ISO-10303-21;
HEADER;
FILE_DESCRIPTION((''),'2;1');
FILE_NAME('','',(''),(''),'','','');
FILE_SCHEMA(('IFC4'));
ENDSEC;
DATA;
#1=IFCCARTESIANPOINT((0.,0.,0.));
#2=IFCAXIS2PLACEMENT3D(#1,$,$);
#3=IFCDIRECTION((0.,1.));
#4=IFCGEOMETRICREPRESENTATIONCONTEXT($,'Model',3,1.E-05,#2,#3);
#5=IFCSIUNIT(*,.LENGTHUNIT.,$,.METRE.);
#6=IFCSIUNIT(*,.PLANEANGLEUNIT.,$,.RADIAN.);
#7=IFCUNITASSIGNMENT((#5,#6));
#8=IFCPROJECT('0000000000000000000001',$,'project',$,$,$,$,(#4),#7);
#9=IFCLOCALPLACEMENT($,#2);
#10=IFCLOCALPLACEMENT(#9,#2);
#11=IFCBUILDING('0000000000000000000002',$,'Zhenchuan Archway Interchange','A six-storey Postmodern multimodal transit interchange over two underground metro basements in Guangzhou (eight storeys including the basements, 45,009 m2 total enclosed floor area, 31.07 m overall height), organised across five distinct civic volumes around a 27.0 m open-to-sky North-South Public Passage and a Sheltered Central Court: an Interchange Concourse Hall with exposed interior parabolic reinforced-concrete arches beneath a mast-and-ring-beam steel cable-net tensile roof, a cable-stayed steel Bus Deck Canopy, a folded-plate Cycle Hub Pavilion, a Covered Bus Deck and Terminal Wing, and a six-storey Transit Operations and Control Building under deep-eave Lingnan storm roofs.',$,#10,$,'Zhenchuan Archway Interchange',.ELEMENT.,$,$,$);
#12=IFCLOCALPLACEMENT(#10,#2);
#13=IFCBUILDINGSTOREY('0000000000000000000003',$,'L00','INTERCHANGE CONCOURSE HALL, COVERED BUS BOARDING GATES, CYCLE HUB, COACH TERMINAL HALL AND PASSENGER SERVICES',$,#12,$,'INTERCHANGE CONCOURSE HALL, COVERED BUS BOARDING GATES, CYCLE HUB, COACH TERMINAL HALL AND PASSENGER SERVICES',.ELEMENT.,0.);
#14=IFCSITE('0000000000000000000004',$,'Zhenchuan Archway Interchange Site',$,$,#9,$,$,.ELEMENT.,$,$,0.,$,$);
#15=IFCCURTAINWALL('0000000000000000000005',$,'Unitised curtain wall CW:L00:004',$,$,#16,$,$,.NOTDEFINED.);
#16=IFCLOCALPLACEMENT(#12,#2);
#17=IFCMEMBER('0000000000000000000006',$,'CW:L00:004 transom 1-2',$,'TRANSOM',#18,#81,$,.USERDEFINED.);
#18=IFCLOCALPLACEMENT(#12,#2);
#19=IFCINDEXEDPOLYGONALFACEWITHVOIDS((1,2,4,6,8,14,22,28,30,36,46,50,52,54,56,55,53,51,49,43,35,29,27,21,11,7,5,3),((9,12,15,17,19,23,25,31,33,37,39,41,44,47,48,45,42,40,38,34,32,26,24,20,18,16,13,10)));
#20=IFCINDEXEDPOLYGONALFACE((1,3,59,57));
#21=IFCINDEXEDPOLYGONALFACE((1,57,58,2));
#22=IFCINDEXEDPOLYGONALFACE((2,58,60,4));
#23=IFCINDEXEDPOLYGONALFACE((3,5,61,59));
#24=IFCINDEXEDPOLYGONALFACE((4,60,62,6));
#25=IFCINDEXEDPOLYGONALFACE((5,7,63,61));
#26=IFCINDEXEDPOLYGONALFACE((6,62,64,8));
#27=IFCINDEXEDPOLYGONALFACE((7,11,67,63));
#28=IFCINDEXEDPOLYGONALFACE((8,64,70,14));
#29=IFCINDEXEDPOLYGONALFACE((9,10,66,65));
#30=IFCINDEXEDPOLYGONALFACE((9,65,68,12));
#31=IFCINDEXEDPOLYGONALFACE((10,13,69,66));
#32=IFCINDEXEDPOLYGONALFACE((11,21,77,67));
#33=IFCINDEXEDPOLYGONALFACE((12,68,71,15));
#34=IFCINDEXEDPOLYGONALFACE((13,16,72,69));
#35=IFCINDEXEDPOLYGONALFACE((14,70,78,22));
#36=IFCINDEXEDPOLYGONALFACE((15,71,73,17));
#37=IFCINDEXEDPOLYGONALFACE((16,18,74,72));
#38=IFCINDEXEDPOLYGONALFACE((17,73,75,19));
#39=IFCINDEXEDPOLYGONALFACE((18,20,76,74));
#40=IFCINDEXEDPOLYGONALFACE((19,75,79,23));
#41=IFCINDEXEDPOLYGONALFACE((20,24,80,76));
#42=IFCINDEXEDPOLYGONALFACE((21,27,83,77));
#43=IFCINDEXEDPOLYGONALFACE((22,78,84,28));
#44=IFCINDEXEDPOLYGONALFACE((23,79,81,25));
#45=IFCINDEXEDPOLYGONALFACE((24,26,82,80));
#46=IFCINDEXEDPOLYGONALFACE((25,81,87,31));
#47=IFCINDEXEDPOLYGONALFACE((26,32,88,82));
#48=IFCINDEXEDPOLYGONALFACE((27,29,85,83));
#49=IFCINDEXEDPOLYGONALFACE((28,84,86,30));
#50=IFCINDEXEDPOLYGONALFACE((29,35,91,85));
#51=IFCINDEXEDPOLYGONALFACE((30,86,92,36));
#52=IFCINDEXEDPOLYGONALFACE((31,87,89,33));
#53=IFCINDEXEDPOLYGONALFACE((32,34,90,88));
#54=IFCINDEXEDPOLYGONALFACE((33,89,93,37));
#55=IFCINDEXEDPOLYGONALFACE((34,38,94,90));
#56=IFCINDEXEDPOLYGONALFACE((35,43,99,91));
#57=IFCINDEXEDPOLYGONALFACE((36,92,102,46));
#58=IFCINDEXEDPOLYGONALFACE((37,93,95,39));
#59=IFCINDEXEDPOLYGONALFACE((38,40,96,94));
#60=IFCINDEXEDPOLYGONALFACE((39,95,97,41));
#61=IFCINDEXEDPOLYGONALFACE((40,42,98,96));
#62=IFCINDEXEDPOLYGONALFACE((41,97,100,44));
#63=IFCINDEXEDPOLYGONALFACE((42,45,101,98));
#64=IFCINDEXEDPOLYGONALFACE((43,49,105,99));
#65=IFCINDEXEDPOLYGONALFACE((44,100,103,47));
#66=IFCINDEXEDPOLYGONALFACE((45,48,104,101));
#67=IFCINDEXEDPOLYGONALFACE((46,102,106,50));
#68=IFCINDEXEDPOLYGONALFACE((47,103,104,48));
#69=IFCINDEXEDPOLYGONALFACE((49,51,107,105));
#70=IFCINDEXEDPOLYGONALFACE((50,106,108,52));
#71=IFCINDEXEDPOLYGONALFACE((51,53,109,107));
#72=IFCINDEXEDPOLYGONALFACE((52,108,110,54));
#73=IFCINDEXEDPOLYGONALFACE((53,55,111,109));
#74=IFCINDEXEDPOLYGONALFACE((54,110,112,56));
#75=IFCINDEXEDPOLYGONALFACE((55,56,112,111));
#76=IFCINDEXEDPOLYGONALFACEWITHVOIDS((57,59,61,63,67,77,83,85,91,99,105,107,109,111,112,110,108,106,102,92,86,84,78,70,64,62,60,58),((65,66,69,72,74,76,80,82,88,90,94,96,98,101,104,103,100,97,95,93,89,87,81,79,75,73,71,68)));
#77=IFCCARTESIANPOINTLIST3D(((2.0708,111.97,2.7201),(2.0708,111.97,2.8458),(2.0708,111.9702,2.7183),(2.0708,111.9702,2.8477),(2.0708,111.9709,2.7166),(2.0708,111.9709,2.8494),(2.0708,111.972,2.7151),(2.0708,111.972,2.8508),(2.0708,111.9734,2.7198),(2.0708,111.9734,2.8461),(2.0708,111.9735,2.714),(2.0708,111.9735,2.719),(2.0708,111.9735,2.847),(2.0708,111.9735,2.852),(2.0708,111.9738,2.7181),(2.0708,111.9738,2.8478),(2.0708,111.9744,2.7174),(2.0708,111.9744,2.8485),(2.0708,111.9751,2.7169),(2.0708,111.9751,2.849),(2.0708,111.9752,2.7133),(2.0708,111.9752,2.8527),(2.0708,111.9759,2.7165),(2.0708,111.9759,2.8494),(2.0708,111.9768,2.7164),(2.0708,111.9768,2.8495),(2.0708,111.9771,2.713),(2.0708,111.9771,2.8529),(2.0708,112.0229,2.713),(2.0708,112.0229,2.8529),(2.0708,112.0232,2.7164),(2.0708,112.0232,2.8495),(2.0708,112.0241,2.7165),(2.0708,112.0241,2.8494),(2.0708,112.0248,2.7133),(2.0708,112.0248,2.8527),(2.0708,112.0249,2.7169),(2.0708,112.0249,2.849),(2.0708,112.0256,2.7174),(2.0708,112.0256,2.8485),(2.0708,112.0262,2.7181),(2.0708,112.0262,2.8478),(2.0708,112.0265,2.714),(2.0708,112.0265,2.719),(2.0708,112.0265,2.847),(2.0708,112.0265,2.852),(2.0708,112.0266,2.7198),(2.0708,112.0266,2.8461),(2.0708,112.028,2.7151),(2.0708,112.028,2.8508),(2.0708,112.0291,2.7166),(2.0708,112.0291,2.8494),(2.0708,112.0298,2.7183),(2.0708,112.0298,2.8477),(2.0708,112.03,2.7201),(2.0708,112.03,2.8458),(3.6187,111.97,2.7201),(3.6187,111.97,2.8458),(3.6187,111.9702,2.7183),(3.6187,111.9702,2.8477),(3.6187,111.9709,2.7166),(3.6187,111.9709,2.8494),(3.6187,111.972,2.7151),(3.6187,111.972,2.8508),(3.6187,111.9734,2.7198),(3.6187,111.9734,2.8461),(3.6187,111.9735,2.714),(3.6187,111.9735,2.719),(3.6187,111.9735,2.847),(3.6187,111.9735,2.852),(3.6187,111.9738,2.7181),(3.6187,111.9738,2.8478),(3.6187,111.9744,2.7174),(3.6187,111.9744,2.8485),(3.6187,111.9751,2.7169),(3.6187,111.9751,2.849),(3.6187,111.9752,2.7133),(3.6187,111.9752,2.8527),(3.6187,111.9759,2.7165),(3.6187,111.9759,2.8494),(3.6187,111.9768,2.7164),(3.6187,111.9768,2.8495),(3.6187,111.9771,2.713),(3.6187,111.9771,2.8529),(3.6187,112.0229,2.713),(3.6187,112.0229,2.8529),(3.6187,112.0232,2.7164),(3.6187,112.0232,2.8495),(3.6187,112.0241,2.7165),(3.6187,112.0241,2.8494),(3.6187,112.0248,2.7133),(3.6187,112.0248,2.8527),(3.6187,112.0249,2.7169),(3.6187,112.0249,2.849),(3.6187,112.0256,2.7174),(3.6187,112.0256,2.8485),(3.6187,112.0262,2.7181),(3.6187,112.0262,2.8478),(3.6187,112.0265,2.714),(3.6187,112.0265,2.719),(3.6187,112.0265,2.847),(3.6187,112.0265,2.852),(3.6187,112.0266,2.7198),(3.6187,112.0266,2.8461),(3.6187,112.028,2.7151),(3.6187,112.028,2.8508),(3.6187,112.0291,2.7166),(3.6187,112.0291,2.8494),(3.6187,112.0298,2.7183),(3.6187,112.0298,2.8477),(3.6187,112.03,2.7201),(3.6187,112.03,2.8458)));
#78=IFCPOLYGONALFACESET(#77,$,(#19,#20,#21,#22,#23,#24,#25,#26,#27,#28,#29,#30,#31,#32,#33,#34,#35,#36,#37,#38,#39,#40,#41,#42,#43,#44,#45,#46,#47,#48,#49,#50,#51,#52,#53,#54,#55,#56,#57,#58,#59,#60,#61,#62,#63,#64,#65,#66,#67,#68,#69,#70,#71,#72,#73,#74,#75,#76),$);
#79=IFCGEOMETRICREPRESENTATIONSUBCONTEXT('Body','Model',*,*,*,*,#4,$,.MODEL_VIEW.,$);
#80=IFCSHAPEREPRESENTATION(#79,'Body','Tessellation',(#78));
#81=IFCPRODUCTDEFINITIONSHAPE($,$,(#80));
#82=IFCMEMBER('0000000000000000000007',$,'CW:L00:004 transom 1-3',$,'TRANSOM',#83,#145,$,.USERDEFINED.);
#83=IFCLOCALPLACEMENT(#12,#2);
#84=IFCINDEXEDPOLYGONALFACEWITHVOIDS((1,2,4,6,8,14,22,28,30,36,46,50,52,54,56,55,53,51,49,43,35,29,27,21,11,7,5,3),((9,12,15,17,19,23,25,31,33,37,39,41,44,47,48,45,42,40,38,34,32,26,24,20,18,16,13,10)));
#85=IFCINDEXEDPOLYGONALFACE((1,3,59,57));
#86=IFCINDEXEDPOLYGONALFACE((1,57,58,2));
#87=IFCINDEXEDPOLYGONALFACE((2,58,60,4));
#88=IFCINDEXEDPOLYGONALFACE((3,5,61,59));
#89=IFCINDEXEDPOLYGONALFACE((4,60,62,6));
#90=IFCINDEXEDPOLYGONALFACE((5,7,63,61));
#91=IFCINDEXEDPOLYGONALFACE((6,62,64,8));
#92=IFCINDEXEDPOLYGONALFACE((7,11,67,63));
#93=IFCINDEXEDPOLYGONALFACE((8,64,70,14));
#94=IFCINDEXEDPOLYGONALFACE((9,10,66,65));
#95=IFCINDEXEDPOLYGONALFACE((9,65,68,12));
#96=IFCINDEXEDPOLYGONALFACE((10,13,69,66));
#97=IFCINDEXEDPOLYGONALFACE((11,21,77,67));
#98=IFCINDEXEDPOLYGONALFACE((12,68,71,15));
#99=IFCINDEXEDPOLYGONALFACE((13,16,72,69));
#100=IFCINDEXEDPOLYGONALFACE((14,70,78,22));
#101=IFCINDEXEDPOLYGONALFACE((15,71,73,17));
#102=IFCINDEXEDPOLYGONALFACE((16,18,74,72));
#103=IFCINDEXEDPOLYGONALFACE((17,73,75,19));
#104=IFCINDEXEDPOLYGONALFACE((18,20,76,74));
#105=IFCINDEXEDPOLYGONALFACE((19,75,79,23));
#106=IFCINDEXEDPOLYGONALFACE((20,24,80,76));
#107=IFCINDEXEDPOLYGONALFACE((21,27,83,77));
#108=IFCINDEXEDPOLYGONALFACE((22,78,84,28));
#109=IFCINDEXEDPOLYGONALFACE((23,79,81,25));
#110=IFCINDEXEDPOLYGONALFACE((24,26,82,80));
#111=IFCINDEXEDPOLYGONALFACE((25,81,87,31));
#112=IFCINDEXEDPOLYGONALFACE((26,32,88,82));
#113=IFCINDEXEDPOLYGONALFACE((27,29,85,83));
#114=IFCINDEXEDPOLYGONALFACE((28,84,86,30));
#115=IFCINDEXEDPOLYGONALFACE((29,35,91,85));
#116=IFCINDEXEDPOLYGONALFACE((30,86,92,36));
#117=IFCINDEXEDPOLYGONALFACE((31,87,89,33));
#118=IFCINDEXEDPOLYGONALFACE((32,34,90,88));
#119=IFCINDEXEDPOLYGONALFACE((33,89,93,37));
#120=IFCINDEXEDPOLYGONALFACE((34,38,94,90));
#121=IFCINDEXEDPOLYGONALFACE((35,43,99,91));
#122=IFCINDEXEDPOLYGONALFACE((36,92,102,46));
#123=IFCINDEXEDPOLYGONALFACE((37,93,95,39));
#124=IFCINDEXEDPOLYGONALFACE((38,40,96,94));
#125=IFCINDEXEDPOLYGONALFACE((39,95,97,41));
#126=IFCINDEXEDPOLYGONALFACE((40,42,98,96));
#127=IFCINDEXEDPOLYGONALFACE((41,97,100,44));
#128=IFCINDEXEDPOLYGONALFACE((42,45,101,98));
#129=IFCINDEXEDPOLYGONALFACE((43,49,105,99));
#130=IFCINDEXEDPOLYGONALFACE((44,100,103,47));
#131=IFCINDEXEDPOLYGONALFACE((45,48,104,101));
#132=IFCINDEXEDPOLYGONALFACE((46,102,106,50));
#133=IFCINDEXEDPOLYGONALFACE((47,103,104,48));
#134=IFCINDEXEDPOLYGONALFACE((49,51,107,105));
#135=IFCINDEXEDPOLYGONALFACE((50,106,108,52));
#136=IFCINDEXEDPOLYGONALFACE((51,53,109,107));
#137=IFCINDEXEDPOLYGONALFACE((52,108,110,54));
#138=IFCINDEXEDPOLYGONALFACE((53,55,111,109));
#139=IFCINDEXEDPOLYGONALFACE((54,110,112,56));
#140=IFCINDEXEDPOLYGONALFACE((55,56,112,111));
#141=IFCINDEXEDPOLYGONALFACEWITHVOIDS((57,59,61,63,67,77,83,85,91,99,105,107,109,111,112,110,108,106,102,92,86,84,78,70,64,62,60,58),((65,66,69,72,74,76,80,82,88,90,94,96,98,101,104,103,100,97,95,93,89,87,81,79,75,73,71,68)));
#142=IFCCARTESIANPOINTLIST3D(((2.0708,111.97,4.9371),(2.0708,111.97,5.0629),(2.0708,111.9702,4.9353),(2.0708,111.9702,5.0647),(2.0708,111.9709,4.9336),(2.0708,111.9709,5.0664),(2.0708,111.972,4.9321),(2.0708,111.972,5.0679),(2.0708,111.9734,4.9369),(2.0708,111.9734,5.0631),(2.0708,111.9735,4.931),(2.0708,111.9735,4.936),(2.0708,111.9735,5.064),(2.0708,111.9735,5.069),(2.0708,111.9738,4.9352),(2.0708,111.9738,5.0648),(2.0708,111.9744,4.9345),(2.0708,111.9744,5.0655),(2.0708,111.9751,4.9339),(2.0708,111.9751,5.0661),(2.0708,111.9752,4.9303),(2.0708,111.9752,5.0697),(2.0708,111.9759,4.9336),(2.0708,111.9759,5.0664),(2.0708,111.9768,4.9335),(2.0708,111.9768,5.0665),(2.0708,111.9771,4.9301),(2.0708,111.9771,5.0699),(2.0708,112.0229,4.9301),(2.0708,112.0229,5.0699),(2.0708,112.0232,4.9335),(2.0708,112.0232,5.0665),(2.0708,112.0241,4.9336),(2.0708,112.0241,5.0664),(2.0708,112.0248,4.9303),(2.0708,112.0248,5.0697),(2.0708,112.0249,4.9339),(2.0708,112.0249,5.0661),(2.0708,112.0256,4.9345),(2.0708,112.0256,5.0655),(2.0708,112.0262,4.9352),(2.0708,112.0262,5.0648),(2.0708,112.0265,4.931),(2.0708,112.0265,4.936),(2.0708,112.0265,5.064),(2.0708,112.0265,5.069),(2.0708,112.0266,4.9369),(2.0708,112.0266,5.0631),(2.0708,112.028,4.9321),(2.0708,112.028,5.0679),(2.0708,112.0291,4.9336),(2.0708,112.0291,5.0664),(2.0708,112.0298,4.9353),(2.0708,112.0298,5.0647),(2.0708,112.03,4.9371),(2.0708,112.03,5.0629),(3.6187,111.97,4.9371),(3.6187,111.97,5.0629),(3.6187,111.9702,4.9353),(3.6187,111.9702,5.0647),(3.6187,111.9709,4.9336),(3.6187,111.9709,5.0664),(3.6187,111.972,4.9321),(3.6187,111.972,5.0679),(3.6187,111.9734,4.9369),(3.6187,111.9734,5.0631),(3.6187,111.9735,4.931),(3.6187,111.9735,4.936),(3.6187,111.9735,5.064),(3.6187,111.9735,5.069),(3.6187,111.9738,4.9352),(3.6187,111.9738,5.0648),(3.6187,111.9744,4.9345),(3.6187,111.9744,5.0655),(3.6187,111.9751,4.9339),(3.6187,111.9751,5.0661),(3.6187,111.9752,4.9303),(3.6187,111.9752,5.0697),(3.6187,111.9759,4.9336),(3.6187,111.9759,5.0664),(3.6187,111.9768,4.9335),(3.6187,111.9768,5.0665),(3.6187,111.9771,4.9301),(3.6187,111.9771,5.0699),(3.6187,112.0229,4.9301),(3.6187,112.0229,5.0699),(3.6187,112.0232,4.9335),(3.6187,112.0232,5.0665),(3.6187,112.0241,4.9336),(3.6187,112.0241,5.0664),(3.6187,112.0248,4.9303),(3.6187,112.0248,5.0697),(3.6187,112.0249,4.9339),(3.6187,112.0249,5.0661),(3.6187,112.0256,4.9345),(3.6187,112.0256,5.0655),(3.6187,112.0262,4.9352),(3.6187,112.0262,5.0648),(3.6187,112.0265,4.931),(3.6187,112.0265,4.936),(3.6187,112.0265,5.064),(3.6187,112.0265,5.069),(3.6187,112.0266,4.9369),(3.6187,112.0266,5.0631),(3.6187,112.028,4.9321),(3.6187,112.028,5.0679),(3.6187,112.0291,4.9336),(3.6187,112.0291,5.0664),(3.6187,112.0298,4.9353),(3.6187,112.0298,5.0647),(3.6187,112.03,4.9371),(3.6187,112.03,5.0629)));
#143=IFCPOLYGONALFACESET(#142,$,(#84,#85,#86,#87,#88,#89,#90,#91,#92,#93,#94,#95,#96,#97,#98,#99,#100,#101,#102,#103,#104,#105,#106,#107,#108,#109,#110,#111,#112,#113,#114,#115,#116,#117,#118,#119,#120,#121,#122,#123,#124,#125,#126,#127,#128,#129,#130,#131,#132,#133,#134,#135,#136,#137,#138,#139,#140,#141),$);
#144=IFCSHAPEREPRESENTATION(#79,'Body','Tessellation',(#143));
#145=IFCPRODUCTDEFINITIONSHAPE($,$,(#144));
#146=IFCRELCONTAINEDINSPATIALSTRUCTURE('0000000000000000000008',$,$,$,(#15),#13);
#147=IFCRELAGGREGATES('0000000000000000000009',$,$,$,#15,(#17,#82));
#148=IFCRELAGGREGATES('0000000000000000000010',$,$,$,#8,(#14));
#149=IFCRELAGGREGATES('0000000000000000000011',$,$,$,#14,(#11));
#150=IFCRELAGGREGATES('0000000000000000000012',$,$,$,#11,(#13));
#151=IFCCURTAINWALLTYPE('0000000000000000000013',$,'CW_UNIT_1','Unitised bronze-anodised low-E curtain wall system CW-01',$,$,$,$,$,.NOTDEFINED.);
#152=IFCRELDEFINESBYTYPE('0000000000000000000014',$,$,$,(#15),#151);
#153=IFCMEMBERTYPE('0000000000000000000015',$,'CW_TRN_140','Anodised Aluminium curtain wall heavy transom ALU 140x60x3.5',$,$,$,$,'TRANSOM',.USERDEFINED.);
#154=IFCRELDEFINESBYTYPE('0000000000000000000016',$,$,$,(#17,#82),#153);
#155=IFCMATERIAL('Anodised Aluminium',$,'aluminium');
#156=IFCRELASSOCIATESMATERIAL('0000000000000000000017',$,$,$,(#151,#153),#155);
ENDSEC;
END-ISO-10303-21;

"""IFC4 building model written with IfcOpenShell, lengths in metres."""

from ifc_helpers import new_model, si_unit, direction, frame, origin, origin_2d, place, context, subcontext, project, spatial, hollow_rectangle, extrude, material, material_profile, profile_set, type_object, element, aggregate, save


model = new_model("IFC4")

# Units and contexts
model_context = context("Model", 3, precision=1e-05, world=origin(), true_north=direction((0.0, 1.0)))
body_context = subcontext(model_context, "Body", "Model", "MODEL_VIEW")
ifc_project = project(units=[si_unit("LENGTHUNIT", "METRE"), si_unit("PLANEANGLEUNIT", "RADIAN")], contexts=[model_context])

# Site, building, storey
site_placement = place(None, origin())
site = spatial("IfcSite", under=ifc_project, at=site_placement, Name="Zhenchuan Archway Interchange Site", CompositionType="ELEMENT", RefElevation=0.0)
building_placement = place(site_placement, origin())
building = spatial("IfcBuilding", under=site, at=building_placement, Name="Zhenchuan Archway Interchange", Description="A six-storey Postmodern multimodal transit interchange over two underground metro basements in Guangzhou (eight storeys including the basements, 45,009 m2 total enclosed floor area, 31.07 m overall height), organised across five distinct civic volumes around a 27.0 m open-to-sky North-South Public Passage and a Sheltered Central Court: an Interchange Concourse Hall with exposed interior parabolic reinforced-concrete arches beneath a mast-and-ring-beam steel cable-net tensile roof, a cable-stayed steel Bus Deck Canopy, a folded-plate Cycle Hub Pavilion, a Covered Bus Deck and Terminal Wing, and a six-storey Transit Operations and Control Building under deep-eave Lingnan storm roofs.", LongName="Zhenchuan Archway Interchange", CompositionType="ELEMENT")
storey_placement = place(building_placement, origin())
storey = spatial("IfcBuildingStorey", under=building, at=storey_placement, Name="L00", Description="INTERCHANGE CONCOURSE HALL, COVERED BUS BOARDING GATES, CYCLE HUB, COACH TERMINAL HALL AND PASSENGER SERVICES", LongName="INTERCHANGE CONCOURSE HALL, COVERED BUS BOARDING GATES, CYCLE HUB, COACH TERMINAL HALL AND PASSENGER SERVICES", CompositionType="ELEMENT", Elevation=0.0)

# Curtain wall, members
ifc_material_1 = material(Name="Anodised Aluminium", Category="aluminium")
curtain_wall_type = type_object("IfcCurtainWallType", Name="CW_UNIT_1", Description="Unitised bronze-anodised low-E curtain wall system CW-01", PredefinedType="NOTDEFINED", material=ifc_material_1)
curtain_wall_placement = place(storey_placement, origin())
curtain_wall = element("IfcCurtainWall", 1, at=curtain_wall_placement, inside=storey, type_object=curtain_wall_type, Name="Unitised curtain wall CW:L00:004", PredefinedType="NOTDEFINED")
ifc_material_profile_1 = material_profile(ifc_material_1, hollow_rectangle(XDim=0.0601, YDim=0.1399, WallThickness=0.0034, InnerFilletRadius=0.0034, OuterFilletRadius=0.0071, at=origin_2d()), Name="ALU 140x60x3.5")
ifc_profile_set_1 = profile_set([ifc_material_profile_1], Name="Anodised Aluminium")
member_type_1 = type_object("IfcMemberType", Name="CW_TRN_140", Description="Anodised Aluminium curtain wall heavy transom ALU 140x60x3.5", ElementType="TRANSOM", PredefinedType="USERDEFINED", material=ifc_profile_set_1)
member_1_placement = place(storey_placement, frame((2.0708, 112.0, 2.783), z_axis=(1.0, 0.0, 0.0), x_axis=(0.0, 1.0, 0.0)))
member_1 = element("IfcMember", 2, at=member_1_placement, type_object=member_type_1, Name="CW:L00:004 transom 1-2", ObjectType="TRANSOM", PredefinedType="USERDEFINED", context=body_context, shape_type="SweptSolid", body=[
    extrude(hollow_rectangle(XDim=0.0601, YDim=0.1399, WallThickness=0.0034, InnerFilletRadius=0.0034, OuterFilletRadius=0.0071, at=origin_2d()), origin(), (0.0, 0.0, 1.0), 1.5479),
])
member_2_placement = place(storey_placement, frame((2.0708, 112.0, 5.0), z_axis=(1.0, 0.0, 0.0), x_axis=(0.0, 1.0, 0.0)))
member_2 = element("IfcMember", 3, at=member_2_placement, type_object=member_type_1, Name="CW:L00:004 transom 1-3", ObjectType="TRANSOM", PredefinedType="USERDEFINED", context=body_context, shape_type="SweptSolid", body=[
    extrude(hollow_rectangle(XDim=0.0601, YDim=0.1399, WallThickness=0.0034, InnerFilletRadius=0.0034, OuterFilletRadius=0.0071, at=origin_2d()), origin(), (0.0, 0.0, 1.0), 1.5479),
])

aggregate(curtain_wall, [member_1, member_2])

save(model, "model.ifc")
